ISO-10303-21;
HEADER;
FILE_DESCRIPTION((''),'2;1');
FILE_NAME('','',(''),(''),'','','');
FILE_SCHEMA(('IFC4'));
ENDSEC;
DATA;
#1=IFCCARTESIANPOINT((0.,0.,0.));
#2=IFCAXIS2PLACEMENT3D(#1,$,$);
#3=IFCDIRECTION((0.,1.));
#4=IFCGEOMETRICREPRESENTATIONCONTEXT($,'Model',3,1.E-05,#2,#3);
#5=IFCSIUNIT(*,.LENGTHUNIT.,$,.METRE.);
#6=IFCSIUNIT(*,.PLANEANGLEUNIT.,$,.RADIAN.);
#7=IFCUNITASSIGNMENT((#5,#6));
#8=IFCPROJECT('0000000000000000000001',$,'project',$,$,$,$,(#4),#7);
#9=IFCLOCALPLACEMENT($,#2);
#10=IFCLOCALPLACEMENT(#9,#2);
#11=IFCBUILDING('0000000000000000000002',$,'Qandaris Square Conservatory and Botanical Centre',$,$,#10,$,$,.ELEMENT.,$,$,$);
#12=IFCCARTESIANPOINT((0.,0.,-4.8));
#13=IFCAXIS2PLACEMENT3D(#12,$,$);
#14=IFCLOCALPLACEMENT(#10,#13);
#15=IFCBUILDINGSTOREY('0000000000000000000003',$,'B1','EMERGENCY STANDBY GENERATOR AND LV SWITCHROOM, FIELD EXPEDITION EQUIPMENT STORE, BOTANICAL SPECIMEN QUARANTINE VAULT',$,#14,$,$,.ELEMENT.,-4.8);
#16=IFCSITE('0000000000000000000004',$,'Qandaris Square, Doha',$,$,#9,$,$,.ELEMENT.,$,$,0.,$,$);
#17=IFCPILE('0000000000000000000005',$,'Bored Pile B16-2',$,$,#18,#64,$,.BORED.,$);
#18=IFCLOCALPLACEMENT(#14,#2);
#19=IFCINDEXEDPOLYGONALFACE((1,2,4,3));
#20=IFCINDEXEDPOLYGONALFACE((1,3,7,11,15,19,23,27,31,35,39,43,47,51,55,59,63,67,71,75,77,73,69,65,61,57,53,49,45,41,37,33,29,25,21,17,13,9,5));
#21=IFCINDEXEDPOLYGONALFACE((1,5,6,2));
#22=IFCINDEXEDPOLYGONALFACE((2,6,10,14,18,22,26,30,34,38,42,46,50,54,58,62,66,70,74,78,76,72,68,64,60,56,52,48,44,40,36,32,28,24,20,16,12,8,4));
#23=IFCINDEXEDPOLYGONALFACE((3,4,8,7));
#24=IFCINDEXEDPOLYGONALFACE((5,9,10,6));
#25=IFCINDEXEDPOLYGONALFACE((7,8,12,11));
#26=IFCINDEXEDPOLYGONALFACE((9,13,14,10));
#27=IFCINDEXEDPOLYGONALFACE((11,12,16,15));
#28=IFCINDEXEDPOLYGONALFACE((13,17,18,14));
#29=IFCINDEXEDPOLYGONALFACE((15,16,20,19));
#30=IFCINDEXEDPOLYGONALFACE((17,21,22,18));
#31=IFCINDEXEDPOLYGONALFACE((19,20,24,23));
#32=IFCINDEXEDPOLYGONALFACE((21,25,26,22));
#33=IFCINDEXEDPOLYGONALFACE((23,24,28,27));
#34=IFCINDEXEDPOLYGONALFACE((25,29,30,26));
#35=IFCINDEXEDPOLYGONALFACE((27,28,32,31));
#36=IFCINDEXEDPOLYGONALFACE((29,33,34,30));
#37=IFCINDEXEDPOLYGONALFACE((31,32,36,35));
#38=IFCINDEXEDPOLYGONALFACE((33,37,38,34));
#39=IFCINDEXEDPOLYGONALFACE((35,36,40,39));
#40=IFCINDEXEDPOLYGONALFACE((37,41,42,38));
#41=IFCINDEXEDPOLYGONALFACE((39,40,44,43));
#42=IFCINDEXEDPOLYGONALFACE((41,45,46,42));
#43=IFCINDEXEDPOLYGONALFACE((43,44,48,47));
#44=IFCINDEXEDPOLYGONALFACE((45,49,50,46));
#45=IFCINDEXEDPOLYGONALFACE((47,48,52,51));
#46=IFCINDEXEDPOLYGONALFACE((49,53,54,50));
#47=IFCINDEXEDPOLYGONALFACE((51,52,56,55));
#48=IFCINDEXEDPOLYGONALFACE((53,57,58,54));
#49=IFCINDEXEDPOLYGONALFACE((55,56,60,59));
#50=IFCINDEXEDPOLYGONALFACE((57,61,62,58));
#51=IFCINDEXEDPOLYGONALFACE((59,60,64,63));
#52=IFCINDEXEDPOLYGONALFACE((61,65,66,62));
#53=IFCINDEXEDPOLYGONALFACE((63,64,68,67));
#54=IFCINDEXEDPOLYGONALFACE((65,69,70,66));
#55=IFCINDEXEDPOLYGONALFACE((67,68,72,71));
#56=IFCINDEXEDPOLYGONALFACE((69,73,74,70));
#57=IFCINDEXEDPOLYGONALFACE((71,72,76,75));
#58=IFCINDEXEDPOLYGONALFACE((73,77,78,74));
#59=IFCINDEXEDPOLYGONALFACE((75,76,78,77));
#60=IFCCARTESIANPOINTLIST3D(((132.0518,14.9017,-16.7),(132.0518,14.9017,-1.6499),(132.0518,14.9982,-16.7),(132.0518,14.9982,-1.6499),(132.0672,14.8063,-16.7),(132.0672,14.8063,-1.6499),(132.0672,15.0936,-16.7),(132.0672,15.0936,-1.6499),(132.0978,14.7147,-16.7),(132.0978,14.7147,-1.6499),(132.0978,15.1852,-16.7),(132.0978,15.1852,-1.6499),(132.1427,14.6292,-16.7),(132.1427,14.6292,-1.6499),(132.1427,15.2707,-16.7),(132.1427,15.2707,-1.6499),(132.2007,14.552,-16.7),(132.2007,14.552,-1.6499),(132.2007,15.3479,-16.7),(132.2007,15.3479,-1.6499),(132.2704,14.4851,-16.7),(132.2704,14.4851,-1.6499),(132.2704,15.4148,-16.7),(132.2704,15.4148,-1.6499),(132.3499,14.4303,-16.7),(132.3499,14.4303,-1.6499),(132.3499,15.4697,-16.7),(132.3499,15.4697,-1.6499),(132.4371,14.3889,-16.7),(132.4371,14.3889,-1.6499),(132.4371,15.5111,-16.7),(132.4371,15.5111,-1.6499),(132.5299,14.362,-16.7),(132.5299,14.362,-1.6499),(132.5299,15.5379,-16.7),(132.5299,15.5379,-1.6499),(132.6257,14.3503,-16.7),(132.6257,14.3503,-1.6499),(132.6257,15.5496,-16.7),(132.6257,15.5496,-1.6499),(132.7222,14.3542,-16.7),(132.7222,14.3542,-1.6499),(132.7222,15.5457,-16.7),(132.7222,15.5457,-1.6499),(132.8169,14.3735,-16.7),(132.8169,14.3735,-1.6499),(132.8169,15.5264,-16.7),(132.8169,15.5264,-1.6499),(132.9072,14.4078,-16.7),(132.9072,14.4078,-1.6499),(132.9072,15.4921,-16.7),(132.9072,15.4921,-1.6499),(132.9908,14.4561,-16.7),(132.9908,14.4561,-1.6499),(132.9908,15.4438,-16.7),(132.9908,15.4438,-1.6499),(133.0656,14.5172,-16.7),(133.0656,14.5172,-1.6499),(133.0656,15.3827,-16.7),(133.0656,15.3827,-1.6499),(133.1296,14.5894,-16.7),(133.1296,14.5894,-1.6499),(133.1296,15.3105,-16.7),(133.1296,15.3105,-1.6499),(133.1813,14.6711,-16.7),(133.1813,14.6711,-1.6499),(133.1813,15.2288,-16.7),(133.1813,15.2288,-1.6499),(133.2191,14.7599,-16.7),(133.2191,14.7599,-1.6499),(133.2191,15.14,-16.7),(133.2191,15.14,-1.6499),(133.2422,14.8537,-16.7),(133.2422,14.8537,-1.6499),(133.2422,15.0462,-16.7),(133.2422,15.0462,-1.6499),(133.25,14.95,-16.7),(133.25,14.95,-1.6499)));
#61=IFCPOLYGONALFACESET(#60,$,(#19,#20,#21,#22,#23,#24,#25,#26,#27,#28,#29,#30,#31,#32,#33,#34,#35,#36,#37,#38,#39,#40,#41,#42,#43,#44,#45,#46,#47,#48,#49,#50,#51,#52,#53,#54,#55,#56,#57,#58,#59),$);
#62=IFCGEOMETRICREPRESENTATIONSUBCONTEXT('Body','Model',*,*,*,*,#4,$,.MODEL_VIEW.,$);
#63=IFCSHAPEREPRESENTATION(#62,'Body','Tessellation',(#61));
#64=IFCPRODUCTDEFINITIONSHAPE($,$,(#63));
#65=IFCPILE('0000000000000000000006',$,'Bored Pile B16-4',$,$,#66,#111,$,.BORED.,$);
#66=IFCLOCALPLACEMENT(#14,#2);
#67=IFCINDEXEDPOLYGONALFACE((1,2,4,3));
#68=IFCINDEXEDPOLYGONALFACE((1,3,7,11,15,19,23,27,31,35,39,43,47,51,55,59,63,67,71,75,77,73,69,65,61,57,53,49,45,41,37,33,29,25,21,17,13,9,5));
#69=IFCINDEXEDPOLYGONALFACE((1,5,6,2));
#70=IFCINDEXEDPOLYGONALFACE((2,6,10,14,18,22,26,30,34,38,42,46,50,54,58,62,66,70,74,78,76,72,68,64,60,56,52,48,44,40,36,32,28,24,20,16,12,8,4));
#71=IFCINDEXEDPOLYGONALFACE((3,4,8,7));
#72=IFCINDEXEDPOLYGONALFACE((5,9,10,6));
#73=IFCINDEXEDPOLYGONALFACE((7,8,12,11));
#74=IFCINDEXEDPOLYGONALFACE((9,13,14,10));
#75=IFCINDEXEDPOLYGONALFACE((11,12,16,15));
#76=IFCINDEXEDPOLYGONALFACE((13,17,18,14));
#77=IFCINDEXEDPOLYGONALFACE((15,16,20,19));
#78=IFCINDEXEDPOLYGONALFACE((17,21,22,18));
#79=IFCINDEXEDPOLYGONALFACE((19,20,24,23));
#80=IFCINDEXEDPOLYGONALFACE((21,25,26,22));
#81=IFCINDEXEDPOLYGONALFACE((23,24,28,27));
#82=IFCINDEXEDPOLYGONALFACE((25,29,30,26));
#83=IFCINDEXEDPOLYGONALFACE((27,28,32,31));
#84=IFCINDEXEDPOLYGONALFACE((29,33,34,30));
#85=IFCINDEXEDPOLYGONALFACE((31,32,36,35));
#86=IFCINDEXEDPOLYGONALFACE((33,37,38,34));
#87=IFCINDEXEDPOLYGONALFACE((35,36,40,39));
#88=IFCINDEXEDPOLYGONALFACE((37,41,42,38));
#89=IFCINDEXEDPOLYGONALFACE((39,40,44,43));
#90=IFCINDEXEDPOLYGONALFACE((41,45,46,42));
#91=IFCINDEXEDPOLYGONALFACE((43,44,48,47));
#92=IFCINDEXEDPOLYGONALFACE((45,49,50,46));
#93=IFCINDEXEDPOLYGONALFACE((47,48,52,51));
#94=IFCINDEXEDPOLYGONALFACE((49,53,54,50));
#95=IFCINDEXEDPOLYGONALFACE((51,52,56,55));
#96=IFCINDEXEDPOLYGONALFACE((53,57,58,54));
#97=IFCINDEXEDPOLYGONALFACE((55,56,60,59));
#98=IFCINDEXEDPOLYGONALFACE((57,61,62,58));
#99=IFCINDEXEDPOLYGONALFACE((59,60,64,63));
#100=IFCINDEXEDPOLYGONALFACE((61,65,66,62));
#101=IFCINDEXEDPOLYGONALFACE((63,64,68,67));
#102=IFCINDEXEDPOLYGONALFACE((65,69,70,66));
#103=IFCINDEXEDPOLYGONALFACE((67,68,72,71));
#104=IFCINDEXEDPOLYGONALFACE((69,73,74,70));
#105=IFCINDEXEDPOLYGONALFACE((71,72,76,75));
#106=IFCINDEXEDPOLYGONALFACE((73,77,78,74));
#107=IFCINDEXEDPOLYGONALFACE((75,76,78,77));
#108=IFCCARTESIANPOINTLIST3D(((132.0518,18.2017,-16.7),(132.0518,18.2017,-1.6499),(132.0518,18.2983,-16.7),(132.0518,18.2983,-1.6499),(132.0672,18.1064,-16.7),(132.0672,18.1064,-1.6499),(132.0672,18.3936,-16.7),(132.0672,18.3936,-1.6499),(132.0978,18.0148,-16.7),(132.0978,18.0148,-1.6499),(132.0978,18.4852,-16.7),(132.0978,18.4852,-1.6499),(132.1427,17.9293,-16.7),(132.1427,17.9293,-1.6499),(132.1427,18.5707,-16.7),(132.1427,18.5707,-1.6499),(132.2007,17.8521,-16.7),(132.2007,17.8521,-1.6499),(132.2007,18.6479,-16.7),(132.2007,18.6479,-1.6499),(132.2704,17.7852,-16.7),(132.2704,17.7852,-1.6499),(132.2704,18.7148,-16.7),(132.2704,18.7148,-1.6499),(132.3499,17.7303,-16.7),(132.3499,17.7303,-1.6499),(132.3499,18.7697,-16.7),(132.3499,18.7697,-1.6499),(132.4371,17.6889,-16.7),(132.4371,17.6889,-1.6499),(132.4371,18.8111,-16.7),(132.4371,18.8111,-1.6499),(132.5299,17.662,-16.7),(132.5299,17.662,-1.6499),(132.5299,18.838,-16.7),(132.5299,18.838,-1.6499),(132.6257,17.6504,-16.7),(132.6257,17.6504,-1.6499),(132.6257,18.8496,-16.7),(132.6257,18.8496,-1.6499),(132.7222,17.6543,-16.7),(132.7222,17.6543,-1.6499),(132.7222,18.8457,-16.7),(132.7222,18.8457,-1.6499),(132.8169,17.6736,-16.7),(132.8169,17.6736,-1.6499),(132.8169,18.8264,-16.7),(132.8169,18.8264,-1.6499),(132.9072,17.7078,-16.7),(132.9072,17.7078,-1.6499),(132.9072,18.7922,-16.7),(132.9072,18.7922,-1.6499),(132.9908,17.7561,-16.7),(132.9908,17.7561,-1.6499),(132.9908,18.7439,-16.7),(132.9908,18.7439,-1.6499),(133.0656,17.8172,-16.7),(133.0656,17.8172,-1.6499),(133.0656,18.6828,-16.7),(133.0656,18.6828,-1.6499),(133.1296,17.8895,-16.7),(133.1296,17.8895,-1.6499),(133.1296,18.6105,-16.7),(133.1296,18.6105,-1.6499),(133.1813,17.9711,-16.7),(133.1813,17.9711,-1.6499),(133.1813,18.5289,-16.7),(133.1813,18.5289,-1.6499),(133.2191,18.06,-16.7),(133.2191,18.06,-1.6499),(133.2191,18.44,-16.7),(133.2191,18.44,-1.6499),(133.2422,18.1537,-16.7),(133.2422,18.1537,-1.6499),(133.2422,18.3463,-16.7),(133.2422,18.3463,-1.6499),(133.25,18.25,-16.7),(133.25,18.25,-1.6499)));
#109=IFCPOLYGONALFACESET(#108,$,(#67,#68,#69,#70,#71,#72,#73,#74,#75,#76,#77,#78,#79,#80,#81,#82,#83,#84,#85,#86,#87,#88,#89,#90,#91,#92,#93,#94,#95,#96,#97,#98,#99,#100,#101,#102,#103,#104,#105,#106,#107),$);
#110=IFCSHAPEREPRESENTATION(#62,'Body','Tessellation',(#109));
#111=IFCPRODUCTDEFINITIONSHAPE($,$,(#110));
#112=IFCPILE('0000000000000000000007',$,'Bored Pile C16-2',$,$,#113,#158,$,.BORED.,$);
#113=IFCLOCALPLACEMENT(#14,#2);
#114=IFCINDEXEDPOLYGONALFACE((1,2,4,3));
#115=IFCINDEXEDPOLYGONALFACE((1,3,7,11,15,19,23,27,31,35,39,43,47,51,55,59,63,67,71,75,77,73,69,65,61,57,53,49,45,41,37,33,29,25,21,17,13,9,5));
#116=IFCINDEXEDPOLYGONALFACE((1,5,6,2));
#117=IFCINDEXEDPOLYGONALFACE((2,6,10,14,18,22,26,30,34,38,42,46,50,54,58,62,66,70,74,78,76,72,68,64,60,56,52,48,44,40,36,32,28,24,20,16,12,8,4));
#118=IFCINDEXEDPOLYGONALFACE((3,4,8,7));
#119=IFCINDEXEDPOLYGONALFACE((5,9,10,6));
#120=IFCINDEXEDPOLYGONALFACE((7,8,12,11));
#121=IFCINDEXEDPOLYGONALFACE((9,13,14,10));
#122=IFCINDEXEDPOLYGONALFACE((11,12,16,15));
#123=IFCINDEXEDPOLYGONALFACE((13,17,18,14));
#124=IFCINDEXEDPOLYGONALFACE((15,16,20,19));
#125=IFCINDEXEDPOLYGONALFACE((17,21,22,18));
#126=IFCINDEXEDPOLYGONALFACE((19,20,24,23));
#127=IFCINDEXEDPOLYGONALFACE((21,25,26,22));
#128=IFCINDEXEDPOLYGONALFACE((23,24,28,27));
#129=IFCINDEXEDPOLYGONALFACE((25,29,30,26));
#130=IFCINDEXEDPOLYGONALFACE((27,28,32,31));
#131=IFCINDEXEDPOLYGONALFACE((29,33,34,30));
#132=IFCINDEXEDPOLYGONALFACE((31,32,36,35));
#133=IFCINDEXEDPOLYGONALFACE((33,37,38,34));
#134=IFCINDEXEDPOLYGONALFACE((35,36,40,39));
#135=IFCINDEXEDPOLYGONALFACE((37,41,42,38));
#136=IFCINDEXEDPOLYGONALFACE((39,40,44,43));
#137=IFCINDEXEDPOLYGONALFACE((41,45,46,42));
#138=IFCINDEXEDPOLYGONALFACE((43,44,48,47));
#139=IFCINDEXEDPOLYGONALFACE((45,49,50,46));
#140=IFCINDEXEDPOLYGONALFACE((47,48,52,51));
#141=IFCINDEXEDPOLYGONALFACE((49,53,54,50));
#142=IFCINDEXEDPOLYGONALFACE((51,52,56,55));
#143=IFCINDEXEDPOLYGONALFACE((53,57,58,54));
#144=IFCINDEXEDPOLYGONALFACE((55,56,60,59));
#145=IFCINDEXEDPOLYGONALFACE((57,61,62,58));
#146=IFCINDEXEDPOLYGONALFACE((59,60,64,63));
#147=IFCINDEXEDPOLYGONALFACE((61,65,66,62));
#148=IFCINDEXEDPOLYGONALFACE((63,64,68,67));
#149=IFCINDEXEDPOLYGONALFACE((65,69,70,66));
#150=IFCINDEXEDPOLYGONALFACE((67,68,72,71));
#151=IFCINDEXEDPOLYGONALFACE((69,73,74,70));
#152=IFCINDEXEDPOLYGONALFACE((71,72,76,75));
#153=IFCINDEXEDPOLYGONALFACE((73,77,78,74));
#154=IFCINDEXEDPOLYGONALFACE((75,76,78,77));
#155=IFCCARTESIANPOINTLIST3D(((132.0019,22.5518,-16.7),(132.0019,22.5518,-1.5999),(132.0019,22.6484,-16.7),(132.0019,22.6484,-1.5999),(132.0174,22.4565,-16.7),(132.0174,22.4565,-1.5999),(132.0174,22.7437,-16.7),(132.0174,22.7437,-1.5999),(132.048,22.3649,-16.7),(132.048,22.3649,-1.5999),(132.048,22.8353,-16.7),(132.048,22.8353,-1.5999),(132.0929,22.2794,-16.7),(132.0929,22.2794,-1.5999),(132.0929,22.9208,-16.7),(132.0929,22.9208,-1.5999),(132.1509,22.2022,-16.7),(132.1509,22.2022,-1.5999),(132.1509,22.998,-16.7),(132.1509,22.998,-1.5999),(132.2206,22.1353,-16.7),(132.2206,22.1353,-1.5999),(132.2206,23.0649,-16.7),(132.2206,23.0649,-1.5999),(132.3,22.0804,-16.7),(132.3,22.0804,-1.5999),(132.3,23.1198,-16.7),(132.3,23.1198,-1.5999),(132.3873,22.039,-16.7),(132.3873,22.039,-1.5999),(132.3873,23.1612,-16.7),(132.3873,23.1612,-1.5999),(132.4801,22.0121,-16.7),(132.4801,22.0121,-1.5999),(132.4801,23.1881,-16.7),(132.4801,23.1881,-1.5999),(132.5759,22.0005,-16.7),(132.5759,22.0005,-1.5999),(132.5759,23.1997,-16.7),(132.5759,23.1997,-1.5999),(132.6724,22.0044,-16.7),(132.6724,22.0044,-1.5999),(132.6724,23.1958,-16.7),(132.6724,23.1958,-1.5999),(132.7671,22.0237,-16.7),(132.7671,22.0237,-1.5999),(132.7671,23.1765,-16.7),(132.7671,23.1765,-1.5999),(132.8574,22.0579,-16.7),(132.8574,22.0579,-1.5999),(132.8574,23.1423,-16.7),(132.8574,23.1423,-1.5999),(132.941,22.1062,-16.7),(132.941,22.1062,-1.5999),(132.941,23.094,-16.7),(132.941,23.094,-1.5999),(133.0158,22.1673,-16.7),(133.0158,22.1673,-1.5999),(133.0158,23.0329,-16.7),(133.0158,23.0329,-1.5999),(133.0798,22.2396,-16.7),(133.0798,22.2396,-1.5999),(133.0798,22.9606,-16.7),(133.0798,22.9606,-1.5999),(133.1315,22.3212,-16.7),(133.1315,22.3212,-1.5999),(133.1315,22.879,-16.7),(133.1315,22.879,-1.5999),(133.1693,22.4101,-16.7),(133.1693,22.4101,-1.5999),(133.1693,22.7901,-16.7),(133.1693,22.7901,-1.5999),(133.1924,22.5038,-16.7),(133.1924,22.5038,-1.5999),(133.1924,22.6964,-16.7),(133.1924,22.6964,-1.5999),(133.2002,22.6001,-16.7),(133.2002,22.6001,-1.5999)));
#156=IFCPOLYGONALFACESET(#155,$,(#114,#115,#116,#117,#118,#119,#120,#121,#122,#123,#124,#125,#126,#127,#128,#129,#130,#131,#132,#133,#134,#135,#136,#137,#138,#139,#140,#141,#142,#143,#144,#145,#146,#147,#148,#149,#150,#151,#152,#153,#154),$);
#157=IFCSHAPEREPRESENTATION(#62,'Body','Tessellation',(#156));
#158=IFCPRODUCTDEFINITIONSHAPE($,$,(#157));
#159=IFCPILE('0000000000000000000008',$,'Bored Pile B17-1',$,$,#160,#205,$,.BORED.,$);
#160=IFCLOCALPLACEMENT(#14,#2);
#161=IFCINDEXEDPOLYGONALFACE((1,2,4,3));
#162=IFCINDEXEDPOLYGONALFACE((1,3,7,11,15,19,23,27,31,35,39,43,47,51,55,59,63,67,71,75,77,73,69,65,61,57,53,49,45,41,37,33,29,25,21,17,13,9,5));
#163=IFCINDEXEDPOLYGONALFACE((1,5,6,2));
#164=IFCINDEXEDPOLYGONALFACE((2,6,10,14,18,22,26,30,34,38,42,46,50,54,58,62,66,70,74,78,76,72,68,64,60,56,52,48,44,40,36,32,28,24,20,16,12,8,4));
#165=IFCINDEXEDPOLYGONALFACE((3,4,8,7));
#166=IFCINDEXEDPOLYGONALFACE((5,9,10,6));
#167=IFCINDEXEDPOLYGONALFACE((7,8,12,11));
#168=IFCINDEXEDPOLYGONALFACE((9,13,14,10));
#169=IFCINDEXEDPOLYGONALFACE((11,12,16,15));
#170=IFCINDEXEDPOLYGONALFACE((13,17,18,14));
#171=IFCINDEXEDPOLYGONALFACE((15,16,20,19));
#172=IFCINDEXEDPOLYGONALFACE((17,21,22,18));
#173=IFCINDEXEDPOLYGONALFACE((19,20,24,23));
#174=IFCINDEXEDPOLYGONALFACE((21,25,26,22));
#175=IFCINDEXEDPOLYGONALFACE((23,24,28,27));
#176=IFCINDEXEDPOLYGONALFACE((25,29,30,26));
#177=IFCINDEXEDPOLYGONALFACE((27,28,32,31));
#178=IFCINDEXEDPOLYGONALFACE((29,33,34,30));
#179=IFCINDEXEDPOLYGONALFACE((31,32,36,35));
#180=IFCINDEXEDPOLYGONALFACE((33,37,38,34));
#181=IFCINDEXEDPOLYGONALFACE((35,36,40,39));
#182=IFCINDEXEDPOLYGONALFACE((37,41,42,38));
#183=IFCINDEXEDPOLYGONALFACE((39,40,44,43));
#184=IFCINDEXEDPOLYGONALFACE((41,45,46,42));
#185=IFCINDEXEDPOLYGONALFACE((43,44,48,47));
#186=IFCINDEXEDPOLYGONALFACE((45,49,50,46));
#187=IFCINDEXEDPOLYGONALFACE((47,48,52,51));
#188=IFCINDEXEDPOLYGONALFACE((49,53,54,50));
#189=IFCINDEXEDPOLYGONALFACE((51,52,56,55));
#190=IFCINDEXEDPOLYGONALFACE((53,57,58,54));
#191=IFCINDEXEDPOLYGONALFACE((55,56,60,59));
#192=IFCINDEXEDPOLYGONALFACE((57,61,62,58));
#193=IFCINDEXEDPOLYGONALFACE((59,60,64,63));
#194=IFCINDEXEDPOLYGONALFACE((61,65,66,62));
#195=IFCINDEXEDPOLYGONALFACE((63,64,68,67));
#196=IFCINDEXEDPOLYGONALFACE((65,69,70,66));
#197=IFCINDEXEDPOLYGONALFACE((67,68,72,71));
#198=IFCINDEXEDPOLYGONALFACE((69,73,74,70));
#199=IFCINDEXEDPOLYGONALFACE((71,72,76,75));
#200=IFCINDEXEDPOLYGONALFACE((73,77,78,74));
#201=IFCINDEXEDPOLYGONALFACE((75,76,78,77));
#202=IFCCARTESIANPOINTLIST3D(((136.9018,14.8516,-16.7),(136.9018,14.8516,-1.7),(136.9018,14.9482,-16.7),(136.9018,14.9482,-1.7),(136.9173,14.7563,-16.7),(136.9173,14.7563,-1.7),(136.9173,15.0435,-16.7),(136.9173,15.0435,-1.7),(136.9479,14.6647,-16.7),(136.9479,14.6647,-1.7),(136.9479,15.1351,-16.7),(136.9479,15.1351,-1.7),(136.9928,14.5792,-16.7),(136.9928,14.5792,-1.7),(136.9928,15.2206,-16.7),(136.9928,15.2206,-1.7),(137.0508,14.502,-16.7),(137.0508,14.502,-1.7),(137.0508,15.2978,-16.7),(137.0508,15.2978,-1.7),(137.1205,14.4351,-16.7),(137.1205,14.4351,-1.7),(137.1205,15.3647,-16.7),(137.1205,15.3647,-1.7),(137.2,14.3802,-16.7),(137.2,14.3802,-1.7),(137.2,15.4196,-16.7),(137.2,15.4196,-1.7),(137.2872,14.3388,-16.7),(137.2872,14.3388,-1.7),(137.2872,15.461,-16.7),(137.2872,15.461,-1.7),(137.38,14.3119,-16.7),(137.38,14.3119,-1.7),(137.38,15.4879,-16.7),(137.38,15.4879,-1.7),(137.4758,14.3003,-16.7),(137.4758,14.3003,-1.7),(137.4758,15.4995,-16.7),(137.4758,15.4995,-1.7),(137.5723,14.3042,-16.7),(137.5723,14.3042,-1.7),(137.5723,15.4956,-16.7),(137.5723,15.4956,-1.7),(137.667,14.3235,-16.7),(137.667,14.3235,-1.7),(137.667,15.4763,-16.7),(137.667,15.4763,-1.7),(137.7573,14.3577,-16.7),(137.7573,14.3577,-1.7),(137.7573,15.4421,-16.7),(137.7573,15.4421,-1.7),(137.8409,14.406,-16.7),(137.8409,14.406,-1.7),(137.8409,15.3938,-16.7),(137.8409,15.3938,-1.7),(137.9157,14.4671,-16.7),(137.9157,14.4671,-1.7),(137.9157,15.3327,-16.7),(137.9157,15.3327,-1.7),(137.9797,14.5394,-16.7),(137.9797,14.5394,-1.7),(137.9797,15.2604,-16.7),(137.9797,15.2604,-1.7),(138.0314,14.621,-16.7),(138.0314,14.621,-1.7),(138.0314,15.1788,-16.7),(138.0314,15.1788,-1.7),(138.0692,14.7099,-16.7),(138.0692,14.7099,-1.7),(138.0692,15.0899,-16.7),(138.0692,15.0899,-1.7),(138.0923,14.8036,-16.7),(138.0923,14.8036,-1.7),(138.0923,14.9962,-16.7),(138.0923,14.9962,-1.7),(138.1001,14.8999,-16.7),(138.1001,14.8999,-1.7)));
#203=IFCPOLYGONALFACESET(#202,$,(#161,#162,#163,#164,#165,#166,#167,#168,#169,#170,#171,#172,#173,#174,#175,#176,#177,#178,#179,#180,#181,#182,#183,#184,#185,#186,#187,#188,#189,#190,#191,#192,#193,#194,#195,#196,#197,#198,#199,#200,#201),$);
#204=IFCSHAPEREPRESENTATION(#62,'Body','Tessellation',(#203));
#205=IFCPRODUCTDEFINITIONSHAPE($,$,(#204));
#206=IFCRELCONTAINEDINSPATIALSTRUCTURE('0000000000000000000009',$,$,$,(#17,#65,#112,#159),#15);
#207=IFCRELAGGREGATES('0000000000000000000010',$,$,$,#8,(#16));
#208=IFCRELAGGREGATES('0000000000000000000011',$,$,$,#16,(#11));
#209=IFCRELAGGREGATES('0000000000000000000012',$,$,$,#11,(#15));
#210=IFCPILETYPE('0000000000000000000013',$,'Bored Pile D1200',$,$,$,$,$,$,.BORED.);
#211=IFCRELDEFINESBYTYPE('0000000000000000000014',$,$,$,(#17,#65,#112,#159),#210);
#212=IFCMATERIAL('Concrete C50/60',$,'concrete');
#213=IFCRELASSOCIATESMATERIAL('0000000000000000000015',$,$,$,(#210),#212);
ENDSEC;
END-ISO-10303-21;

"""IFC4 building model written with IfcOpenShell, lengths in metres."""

from ifc_helpers import new_model, si_unit, direction, frame, origin, origin_2d, place, context, subcontext, project, spatial, circle, extrude, material, material_profile, profile_set, type_object, element, save


model = new_model("IFC4")

# Units and contexts
model_context = context("Model", 3, precision=1e-05, world=origin(), true_north=direction((0.0, 1.0)))
body_context = subcontext(model_context, "Body", "Model", "MODEL_VIEW")
ifc_project = project(units=[si_unit("LENGTHUNIT", "METRE"), si_unit("PLANEANGLEUNIT", "RADIAN")], contexts=[model_context])

# Site, building, storey
site_placement = place(None, origin())
site = spatial("IfcSite", under=ifc_project, at=site_placement, Name="Qandaris Square, Doha", CompositionType="ELEMENT", RefElevation=0.0)
building_placement = place(site_placement, origin())
building = spatial("IfcBuilding", under=site, at=building_placement, Name="Qandaris Square Conservatory and Botanical Centre", CompositionType="ELEMENT")
storey_placement = place(building_placement, frame((0.0, 0.0, -4.8)))
storey = spatial("IfcBuildingStorey", under=building, at=storey_placement, Name="B1", Description="EMERGENCY STANDBY GENERATOR AND LV SWITCHROOM, FIELD EXPEDITION EQUIPMENT STORE, BOTANICAL SPECIMEN QUARANTINE VAULT", CompositionType="ELEMENT", Elevation=-4.8)

# Piles
ifc_material_1 = material(Name="Concrete C50/60", Category="concrete")
ifc_material_profile_1 = material_profile(ifc_material_1, circle(Radius=0.6001, at=origin_2d()), Name="PILE D1200")
ifc_profile_set_1 = profile_set([ifc_material_profile_1], Name="Concrete C50/60")
pile_type = type_object("IfcPileType", Name="Bored Pile D1200", PredefinedType="BORED", material=ifc_profile_set_1)
for number, where, z_axis, x_axis, name in (
    (1, (132.6499, 14.95, -1.6499), (0.0, 0.0, -1.0), (1.0, 0.0, 0.0), "Bored Pile B16-2"),
    (2, (132.6499, 18.25, -1.6499), (0.0, 0.0, -1.0), (1.0, 0.0, 0.0), "Bored Pile B16-4"),
):
    element("IfcPile", number, at=place(storey_placement, frame(where, z_axis=z_axis, x_axis=x_axis)), inside=storey, type_object=pile_type, Name=name, PredefinedType="BORED", context=body_context, shape_type="SweptSolid", body=[
        extrude(circle(Radius=0.6001, at=origin_2d()), origin(), (0.0, 0.0, 1.0), 15.05),
    ])
pile_1_placement = place(storey_placement, frame((132.6001, 22.6001, -1.5999), z_axis=(0.0, 0.0, -1.0), x_axis=(1.0, 0.0, 0.0)))
element("IfcPile", 3, at=pile_1_placement, inside=storey, type_object=pile_type, Name="Bored Pile C16-2", PredefinedType="BORED", context=body_context, shape_type="SweptSolid", body=[
    extrude(circle(Radius=0.6001, at=origin_2d()), origin(), (0.0, 0.0, 1.0), 15.1001),
])
for number, where, z_axis, x_axis, name in (
    (4, (137.5, 14.8999, -1.7), (0.0, 0.0, -1.0), (1.0, 0.0, 0.0), "Bored Pile B17-1"),
):
    element("IfcPile", number, at=place(storey_placement, frame(where, z_axis=z_axis, x_axis=x_axis)), inside=storey, type_object=pile_type, Name=name, PredefinedType="BORED", context=body_context, shape_type="SweptSolid", body=[
        extrude(circle(Radius=0.6001, at=origin_2d()), origin(), (0.0, 0.0, 1.0), 15.0),
    ])

save(model, "model.ifc")
